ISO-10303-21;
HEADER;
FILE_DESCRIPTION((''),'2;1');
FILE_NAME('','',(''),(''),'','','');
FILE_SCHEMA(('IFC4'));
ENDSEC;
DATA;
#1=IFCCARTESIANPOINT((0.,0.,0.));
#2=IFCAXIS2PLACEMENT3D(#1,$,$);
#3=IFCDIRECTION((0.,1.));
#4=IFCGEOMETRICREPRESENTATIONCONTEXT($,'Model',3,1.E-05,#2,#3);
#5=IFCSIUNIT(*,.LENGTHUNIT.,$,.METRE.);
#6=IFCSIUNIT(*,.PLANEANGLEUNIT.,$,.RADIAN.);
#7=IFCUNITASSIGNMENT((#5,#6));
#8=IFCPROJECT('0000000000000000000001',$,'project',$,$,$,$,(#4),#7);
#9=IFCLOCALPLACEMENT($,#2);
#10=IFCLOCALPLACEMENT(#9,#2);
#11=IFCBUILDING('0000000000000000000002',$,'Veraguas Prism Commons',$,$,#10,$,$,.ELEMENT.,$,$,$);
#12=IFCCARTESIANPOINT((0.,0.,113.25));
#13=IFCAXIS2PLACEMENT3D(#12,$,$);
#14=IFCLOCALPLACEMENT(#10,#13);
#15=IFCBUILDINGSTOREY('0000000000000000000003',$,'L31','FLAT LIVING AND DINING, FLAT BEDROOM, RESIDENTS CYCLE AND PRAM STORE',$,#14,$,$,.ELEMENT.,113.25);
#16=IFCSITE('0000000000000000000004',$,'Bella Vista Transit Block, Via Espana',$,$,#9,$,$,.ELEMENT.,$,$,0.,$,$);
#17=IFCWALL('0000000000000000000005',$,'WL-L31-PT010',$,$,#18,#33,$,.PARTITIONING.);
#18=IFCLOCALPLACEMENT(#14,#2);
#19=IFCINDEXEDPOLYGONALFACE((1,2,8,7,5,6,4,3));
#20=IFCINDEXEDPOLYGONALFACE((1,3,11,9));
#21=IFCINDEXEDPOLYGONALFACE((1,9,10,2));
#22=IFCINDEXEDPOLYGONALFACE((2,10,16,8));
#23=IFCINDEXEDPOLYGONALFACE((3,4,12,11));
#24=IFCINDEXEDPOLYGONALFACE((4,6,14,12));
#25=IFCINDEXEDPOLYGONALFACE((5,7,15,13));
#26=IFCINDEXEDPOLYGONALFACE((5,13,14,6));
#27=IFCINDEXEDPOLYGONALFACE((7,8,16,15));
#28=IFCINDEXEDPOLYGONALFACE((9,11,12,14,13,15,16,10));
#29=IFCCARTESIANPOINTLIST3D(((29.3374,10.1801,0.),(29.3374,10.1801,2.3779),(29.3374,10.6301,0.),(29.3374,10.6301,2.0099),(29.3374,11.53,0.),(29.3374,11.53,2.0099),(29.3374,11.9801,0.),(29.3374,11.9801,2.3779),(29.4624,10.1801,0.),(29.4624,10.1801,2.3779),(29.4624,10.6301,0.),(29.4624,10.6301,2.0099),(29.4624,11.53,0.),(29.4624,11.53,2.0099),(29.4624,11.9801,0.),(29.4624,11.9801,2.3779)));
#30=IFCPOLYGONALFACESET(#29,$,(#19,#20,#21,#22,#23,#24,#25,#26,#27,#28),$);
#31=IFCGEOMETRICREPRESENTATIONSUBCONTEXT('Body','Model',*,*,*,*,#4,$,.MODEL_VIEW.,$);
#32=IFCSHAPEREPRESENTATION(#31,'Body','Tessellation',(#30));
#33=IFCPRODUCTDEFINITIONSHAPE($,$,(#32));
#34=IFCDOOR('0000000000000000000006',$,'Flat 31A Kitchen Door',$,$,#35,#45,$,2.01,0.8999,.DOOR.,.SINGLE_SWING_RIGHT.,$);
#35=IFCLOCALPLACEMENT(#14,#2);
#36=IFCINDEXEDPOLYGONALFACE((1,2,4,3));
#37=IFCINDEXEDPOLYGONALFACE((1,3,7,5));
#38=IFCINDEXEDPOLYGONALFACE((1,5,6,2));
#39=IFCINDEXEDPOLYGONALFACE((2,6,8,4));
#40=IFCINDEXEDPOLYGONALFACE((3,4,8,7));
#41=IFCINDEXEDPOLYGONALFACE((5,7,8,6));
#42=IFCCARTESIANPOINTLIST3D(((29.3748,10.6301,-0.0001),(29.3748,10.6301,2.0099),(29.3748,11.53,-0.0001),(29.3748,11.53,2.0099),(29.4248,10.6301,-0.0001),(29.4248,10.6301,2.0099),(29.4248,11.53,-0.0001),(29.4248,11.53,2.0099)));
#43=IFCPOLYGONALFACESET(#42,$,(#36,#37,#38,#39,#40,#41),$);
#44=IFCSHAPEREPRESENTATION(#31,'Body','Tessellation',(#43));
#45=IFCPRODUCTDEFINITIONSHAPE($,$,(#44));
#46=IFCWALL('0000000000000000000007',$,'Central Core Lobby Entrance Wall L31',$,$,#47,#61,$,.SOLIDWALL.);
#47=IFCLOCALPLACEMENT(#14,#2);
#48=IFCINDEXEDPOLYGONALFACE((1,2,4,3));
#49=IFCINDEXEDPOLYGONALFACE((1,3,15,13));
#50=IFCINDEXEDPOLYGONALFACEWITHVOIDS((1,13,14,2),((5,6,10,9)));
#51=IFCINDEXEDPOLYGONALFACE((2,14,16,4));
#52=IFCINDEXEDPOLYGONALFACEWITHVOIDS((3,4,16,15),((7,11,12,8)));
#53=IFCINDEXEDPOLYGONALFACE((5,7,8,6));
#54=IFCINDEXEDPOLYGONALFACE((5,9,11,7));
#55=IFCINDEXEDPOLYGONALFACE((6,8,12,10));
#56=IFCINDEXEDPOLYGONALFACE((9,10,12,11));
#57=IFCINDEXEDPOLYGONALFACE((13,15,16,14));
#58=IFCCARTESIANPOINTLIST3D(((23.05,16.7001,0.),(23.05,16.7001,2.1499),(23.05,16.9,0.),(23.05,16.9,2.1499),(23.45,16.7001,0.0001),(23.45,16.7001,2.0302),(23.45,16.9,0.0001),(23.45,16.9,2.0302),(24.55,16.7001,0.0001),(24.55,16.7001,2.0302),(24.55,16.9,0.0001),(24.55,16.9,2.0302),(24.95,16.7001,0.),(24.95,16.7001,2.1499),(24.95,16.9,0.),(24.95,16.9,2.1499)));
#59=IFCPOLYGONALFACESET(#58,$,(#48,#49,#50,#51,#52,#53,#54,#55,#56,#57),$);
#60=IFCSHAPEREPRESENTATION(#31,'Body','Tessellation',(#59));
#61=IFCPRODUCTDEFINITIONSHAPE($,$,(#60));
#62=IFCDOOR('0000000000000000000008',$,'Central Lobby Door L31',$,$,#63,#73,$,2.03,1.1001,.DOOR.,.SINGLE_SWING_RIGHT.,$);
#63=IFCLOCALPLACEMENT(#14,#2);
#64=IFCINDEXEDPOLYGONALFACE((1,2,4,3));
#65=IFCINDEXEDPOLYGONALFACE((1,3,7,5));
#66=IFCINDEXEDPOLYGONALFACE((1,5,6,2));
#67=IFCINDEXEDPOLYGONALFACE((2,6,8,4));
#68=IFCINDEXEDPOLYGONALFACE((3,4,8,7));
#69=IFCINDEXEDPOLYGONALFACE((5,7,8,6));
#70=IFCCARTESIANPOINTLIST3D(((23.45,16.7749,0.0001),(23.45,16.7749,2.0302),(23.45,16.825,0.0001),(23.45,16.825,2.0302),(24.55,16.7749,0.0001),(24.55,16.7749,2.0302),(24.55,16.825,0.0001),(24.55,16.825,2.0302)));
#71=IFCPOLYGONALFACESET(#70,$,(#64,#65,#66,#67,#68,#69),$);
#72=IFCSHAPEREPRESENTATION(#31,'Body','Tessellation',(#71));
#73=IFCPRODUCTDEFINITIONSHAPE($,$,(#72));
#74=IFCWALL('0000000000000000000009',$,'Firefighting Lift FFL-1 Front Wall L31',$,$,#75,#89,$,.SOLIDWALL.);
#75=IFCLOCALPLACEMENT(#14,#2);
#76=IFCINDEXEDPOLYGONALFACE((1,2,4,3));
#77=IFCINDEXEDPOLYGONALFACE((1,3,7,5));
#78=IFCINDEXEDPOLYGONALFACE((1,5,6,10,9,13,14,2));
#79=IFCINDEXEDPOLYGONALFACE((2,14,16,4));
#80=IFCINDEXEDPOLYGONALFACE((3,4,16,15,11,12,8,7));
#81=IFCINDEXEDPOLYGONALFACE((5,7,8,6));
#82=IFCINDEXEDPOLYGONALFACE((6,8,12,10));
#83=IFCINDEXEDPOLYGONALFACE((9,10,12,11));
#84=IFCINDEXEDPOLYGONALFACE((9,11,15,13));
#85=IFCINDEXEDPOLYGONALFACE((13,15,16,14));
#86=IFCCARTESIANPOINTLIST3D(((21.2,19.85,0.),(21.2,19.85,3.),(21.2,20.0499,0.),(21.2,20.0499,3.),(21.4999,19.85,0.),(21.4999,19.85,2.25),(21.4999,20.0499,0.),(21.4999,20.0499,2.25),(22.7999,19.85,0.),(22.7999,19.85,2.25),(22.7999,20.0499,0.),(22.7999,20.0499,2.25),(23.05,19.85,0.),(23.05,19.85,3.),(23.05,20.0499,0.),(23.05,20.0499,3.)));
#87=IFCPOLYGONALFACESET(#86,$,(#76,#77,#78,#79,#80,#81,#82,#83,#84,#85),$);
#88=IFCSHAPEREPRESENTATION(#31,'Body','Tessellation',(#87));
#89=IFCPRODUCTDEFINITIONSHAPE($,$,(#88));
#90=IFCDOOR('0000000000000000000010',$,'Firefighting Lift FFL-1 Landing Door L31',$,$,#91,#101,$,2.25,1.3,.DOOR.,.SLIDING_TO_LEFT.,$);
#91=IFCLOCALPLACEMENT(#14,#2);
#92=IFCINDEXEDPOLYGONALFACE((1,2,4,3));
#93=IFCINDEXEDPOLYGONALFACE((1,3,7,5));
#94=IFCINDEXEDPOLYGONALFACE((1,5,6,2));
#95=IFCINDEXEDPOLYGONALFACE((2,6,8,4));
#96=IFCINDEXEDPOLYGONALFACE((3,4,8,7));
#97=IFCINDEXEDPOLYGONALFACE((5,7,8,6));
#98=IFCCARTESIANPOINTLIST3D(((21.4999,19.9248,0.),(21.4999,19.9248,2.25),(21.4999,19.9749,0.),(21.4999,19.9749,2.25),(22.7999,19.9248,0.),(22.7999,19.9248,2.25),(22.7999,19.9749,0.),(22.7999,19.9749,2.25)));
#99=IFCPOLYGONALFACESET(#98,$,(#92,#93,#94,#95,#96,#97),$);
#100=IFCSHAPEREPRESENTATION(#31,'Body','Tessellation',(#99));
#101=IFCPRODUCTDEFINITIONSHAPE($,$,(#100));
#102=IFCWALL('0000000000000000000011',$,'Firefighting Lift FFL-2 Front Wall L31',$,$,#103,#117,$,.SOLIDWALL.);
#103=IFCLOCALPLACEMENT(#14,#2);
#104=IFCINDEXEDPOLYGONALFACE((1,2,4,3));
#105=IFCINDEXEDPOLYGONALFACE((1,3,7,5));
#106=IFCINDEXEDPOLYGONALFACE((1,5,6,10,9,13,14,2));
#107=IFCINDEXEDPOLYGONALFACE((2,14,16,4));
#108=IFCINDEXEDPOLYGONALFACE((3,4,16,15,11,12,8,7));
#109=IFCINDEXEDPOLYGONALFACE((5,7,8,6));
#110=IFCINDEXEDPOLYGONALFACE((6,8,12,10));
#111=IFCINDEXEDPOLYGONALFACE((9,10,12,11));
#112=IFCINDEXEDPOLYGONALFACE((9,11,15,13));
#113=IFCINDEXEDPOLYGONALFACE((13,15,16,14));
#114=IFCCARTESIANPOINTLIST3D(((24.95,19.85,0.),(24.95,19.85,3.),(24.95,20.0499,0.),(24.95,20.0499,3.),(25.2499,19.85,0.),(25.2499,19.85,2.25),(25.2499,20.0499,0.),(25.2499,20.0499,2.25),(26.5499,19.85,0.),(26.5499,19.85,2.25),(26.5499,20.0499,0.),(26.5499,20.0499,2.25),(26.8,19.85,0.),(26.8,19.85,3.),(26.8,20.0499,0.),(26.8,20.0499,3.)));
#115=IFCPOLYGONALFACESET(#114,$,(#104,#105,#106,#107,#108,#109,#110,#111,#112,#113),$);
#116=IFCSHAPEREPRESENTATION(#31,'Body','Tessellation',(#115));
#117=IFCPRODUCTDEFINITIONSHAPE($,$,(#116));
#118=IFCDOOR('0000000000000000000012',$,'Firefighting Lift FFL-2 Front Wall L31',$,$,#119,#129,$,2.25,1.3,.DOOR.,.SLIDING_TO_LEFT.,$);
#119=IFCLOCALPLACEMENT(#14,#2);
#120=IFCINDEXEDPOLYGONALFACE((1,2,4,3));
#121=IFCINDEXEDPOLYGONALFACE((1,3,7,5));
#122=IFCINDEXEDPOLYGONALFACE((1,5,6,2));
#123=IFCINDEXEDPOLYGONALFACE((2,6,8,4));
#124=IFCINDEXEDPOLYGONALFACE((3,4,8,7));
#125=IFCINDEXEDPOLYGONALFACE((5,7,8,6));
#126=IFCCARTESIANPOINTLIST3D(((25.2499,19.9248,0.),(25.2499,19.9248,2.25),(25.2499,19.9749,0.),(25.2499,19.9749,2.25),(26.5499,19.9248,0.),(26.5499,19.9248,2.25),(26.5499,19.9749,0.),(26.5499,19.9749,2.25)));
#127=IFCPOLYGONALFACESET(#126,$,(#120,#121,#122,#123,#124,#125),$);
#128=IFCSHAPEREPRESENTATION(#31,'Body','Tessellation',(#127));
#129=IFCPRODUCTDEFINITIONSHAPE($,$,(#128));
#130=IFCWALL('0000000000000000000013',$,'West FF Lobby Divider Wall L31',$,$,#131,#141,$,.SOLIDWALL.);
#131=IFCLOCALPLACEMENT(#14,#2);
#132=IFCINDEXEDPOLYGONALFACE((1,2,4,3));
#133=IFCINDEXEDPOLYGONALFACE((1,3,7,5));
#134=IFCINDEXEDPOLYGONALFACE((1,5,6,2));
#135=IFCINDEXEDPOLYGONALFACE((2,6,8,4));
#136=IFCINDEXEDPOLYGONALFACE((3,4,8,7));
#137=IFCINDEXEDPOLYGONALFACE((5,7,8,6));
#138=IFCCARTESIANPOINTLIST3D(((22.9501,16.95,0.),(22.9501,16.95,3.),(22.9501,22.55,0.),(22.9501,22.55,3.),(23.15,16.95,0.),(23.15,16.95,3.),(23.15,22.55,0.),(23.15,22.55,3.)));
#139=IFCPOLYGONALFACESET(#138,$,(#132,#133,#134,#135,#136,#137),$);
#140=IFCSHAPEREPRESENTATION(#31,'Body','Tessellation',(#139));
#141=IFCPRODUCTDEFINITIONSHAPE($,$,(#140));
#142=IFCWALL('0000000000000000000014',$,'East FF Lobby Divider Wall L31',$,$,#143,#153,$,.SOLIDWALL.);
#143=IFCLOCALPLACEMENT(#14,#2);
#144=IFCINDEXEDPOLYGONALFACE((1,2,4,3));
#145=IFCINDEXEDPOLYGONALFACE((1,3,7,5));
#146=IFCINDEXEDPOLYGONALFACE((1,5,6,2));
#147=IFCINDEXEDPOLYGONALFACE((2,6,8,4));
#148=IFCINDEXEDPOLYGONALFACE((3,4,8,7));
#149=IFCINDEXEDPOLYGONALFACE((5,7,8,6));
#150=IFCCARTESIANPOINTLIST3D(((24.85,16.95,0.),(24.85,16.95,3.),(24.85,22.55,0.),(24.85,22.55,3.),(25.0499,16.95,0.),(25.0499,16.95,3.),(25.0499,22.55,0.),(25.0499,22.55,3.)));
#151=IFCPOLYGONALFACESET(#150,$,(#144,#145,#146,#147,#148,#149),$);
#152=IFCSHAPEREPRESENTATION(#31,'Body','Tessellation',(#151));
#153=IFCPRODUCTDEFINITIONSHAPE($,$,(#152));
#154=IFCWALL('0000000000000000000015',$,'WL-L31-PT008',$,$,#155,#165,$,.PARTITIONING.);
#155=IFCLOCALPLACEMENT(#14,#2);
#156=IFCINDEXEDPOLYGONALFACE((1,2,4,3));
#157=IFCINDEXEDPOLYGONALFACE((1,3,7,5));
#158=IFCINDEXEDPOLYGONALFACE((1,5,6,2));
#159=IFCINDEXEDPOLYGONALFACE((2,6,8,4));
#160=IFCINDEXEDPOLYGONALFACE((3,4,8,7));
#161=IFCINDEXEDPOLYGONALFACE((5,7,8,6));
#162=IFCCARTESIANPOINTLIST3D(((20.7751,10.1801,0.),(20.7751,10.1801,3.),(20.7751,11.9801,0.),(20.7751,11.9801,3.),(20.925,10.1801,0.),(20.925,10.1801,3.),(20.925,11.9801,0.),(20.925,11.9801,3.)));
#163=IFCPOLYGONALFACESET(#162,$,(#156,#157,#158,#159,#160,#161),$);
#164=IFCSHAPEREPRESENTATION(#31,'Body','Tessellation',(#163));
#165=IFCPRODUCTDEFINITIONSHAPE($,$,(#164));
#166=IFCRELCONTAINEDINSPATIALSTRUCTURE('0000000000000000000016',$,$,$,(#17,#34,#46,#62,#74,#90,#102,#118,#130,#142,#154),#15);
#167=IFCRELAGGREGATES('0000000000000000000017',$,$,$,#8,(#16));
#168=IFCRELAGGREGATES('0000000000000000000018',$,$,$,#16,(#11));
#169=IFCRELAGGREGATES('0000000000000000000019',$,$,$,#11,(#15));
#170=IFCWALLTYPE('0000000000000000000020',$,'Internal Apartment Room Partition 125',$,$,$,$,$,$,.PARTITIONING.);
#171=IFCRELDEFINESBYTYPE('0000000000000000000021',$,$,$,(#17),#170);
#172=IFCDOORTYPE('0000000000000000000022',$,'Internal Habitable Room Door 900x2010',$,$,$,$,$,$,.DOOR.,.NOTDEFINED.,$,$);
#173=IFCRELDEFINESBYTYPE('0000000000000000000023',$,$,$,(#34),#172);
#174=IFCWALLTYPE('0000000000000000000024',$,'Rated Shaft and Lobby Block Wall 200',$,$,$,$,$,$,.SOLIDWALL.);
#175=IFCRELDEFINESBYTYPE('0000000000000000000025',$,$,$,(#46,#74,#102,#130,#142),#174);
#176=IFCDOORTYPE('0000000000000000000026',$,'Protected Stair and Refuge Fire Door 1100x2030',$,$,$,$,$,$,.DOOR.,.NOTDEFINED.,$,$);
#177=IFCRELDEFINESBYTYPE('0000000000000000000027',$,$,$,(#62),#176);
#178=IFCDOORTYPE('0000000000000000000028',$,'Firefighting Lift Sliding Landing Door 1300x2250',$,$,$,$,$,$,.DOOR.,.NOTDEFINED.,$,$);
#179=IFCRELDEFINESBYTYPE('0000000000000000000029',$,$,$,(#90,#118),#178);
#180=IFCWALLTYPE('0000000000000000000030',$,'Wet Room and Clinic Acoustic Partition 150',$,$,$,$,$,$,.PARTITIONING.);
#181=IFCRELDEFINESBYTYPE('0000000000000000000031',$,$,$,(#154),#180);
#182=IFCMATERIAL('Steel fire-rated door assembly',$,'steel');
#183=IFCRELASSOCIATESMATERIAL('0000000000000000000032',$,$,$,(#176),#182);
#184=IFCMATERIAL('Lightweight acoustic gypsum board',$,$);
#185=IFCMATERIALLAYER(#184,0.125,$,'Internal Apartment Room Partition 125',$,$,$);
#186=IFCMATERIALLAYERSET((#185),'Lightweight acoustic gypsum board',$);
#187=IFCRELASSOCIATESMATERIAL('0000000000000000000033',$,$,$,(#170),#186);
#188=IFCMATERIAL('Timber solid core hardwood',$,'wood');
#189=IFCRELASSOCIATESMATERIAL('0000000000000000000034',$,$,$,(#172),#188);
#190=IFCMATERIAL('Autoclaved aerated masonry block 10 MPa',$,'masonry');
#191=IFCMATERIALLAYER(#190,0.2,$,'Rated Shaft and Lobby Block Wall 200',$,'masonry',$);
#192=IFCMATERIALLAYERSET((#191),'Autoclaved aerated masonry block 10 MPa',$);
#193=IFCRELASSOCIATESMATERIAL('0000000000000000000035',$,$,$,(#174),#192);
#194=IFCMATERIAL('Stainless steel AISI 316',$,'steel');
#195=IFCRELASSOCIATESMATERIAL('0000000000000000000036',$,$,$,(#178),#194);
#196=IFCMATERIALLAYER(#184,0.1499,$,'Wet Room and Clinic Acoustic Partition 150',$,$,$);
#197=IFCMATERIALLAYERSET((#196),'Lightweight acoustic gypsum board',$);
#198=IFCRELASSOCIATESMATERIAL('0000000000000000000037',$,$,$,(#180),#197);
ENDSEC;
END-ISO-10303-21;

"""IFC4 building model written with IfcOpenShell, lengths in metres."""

from ifc_helpers import new_model, si_unit, direction, frame, frame_2d, origin, place, context, subcontext, project, spatial, rectangle, extrude, source, transform, mapped, material, layer, layer_set, type_object, element, fill, save


model = new_model("IFC4")

# Units and contexts
model_context = context("Model", 3, precision=1e-05, world=origin(), true_north=direction((0.0, 1.0)))
body_context = subcontext(model_context, "Body", "Model", "MODEL_VIEW")
ifc_project = project(units=[si_unit("LENGTHUNIT", "METRE"), si_unit("PLANEANGLEUNIT", "RADIAN")], contexts=[model_context])

# Site, building, storey
site_placement = place(None, origin())
site = spatial("IfcSite", under=ifc_project, at=site_placement, Name="Bella Vista Transit Block, Via Espana", CompositionType="ELEMENT", RefElevation=0.0)
building_placement = place(site_placement, origin())
building = spatial("IfcBuilding", under=site, at=building_placement, Name="Veraguas Prism Commons", CompositionType="ELEMENT")
storey_placement = place(building_placement, frame((0.0, 0.0, 113.25)))
storey = spatial("IfcBuildingStorey", under=building, at=storey_placement, Name="L31", Description="FLAT LIVING AND DINING, FLAT BEDROOM, RESIDENTS CYCLE AND PRAM STORE", CompositionType="ELEMENT", Elevation=113.25)

# Shared definitions
ifc_material_1 = material(Name="Steel fire-rated door assembly", Category="steel")
door_type_1 = type_object("IfcDoorType", Name="Protected Stair and Refuge Fire Door 1100x2030", OperationType="NOTDEFINED", PredefinedType="DOOR", material=ifc_material_1)
shared_shape_1 = source(origin(), body_context, "Body", "SweptSolid", [
    extrude(rectangle(XDim=1.1001, YDim=2.03, at=frame_2d((0.55, 1.0151))), frame((0.0, 0.0249, 0.0), z_axis=(0.0, -1.0, 0.0), x_axis=(1.0, 0.0, 0.0)), (0.0, 0.0, 1.0), 0.05),
])

# Walls, openings, doors
ifc_material_2 = material(Name="Lightweight acoustic gypsum board")
ifc_layer_1 = layer(ifc_material_2, 0.125, Name="Internal Apartment Room Partition 125")
ifc_layer_set_1 = layer_set([ifc_layer_1], Name="Lightweight acoustic gypsum board")
wall_type_1 = type_object("IfcWallType", Name="Internal Apartment Room Partition 125", PredefinedType="PARTITIONING", material=ifc_layer_set_1)
wall_1_placement = place(storey_placement, frame((29.3999, 11.98, 0.0), z_axis=(0.0, 0.0, 1.0), x_axis=(0.0, -1.0, 0.0)))
wall_1 = element("IfcWall", 1, at=wall_1_placement, inside=storey, type_object=wall_type_1, Name="WL-L31-PT010", PredefinedType="PARTITIONING", context=body_context, shape_type="SweptSolid", body=[
    extrude(rectangle(XDim=1.8, YDim=0.125, at=frame_2d((0.8999, 0.0))), origin(), (0.0, 0.0, 1.0), 2.3779),
])
opening_1_placement = place(wall_1_placement, frame((0.45, 0.0, 0.0)))
opening_1 = element("IfcOpeningElement", 2, at=opening_1_placement, cuts=wall_1, PredefinedType="OPENING", context=body_context, shape_type="SweptSolid", body=[
    extrude(rectangle(XDim=0.8999, YDim=2.01, at=frame_2d((0.45, 1.0049))), frame((0.0, 0.0725, 0.0), z_axis=(0.0, -1.0, 0.0), x_axis=(1.0, 0.0, 0.0)), (0.0, 0.0, 1.0), 0.145),
])
ifc_material_3 = material(Name="Timber solid core hardwood", Category="wood")
door_type_2 = type_object("IfcDoorType", Name="Internal Habitable Room Door 900x2010", OperationType="NOTDEFINED", PredefinedType="DOOR", material=ifc_material_3)
shared_shape_2 = source(origin(), body_context, "Body", "SweptSolid", [
    extrude(rectangle(XDim=0.8999, YDim=2.01, at=frame_2d((0.45, 1.0049))), frame((0.0, 0.0249, 0.0), z_axis=(0.0, -1.0, 0.0), x_axis=(1.0, 0.0, 0.0)), (0.0, 0.0, 1.0), 0.05),
])
door_1_placement = place(opening_1_placement, origin())
door_1 = element("IfcDoor", 3, at=door_1_placement, inside=storey, type_object=door_type_2, Name="Flat 31A Kitchen Door", OperationType="SINGLE_SWING_RIGHT", OverallHeight=2.01, OverallWidth=0.8999, PredefinedType="DOOR", context=body_context, shape_type="MappedRepresentation", body=[
    mapped(shared_shape_2, transform((0.0, 0.0, 0.0), scale=1.0)),
])
fill(opening_1, door_1)
ifc_material_4 = material(Name="Autoclaved aerated masonry block 10 MPa", Category="masonry")
ifc_layer_2 = layer(ifc_material_4, 0.2, Name="Rated Shaft and Lobby Block Wall 200", Category="masonry")
ifc_layer_set_2 = layer_set([ifc_layer_2], Name="Autoclaved aerated masonry block 10 MPa")
wall_type_2 = type_object("IfcWallType", Name="Rated Shaft and Lobby Block Wall 200", PredefinedType="SOLIDWALL", material=ifc_layer_set_2)
wall_2_placement = place(storey_placement, frame((23.05, 16.8, 0.0), z_axis=(0.0, 0.0, 1.0), x_axis=(1.0, 0.0, 0.0)))
wall_2 = element("IfcWall", 4, at=wall_2_placement, inside=storey, type_object=wall_type_2, Name="Central Core Lobby Entrance Wall L31", PredefinedType="SOLIDWALL", context=body_context, shape_type="SweptSolid", body=[
    extrude(rectangle(XDim=1.8999, YDim=0.2, at=frame_2d((0.95, 0.0))), origin(), (0.0, 0.0, 1.0), 2.1499),
])
opening_2_placement = place(wall_2_placement, frame((0.3999, 0.0, 0.0)))
opening_2 = element("IfcOpeningElement", 5, at=opening_2_placement, cuts=wall_2, PredefinedType="OPENING", context=body_context, shape_type="SweptSolid", body=[
    extrude(rectangle(XDim=1.1001, YDim=2.03, at=frame_2d((0.55, 1.0151))), frame((0.0, 0.1099, 0.0), z_axis=(0.0, -1.0, 0.0), x_axis=(1.0, 0.0, 0.0)), (0.0, 0.0, 1.0), 0.22),
])
door_2_placement = place(opening_2_placement, origin())
door_2 = element("IfcDoor", 6, at=door_2_placement, inside=storey, type_object=door_type_1, Name="Central Lobby Door L31", OperationType="SINGLE_SWING_RIGHT", OverallHeight=2.03, OverallWidth=1.1001, PredefinedType="DOOR", context=body_context, shape_type="MappedRepresentation", body=[
    mapped(shared_shape_1, transform((0.0, 0.0, 0.0), scale=1.0)),
])
fill(opening_2, door_2)
wall_3_placement = place(storey_placement, frame((21.2, 19.95, 0.0), z_axis=(0.0, 0.0, 1.0), x_axis=(1.0, 0.0, 0.0)))
wall_3 = element("IfcWall", 7, at=wall_3_placement, inside=storey, type_object=wall_type_2, Name="Firefighting Lift FFL-1 Front Wall L31", PredefinedType="SOLIDWALL", context=body_context, shape_type="SweptSolid", body=[
    extrude(rectangle(XDim=1.8501, YDim=0.2, at=frame_2d((0.925, 0.0))), origin(), (0.0, 0.0, 1.0), 3.0),
])
opening_3_placement = place(wall_3_placement, frame((0.3, 0.0, 0.0)))
opening_3 = element("IfcOpeningElement", 8, at=opening_3_placement, cuts=wall_3, PredefinedType="OPENING", context=body_context, shape_type="SweptSolid", body=[
    extrude(rectangle(XDim=1.3, YDim=2.25, at=frame_2d((0.6499, 1.125))), frame((0.0, 0.1099, 0.0), z_axis=(0.0, -1.0, 0.0), x_axis=(1.0, 0.0, 0.0)), (0.0, 0.0, 1.0), 0.22),
])
ifc_material_5 = material(Name="Stainless steel AISI 316", Category="steel")
door_type_3 = type_object("IfcDoorType", Name="Firefighting Lift Sliding Landing Door 1300x2250", OperationType="NOTDEFINED", PredefinedType="DOOR", material=ifc_material_5)
shared_shape_3 = source(origin(), body_context, "Body", "SweptSolid", [
    extrude(rectangle(XDim=1.3, YDim=2.25, at=frame_2d((0.6499, 1.125))), frame((0.0, 0.0249, 0.0), z_axis=(0.0, -1.0, 0.0), x_axis=(1.0, 0.0, 0.0)), (0.0, 0.0, 1.0), 0.05),
])
door_3_placement = place(opening_3_placement, origin())
door_3 = element("IfcDoor", 9, at=door_3_placement, inside=storey, type_object=door_type_3, Name="Firefighting Lift FFL-1 Landing Door L31", OperationType="SLIDING_TO_LEFT", OverallHeight=2.25, OverallWidth=1.3, PredefinedType="DOOR", context=body_context, shape_type="MappedRepresentation", body=[
    mapped(shared_shape_3, transform((0.0, 0.0, 0.0), scale=1.0)),
])
fill(opening_3, door_3)
wall_4_placement = place(storey_placement, frame((24.95, 19.95, 0.0), z_axis=(0.0, 0.0, 1.0), x_axis=(1.0, 0.0, 0.0)))
wall_4 = element("IfcWall", 10, at=wall_4_placement, inside=storey, type_object=wall_type_2, Name="Firefighting Lift FFL-2 Front Wall L31", PredefinedType="SOLIDWALL", context=body_context, shape_type="SweptSolid", body=[
    extrude(rectangle(XDim=1.8501, YDim=0.2, at=frame_2d((0.925, 0.0))), origin(), (0.0, 0.0, 1.0), 3.0),
])
opening_4_placement = place(wall_4_placement, frame((0.3, 0.0, 0.0)))
opening_4 = element("IfcOpeningElement", 11, at=opening_4_placement, cuts=wall_4, PredefinedType="OPENING", context=body_context, shape_type="SweptSolid", body=[
    extrude(rectangle(XDim=1.3, YDim=2.25, at=frame_2d((0.6499, 1.125))), frame((0.0, 0.1099, 0.0), z_axis=(0.0, -1.0, 0.0), x_axis=(1.0, 0.0, 0.0)), (0.0, 0.0, 1.0), 0.22),
])
door_4_placement = place(opening_4_placement, origin())
door_4 = element("IfcDoor", 12, at=door_4_placement, inside=storey, type_object=door_type_3, Name="Firefighting Lift FFL-2 Front Wall L31", OperationType="SLIDING_TO_LEFT", OverallHeight=2.25, OverallWidth=1.3, PredefinedType="DOOR", context=body_context, shape_type="MappedRepresentation", body=[
    mapped(shared_shape_3, transform((0.0, 0.0, 0.0), scale=1.0)),
])
fill(opening_4, door_4)

# Walls
for number, where, z_axis, x_axis, name in (
    (13, (23.05, 16.95, 0.0), (0.0, 0.0, 1.0), (0.0, 1.0, 0.0), "West FF Lobby Divider Wall L31"),
    (14, (24.95, 16.95, 0.0), (0.0, 0.0, 1.0), (0.0, 1.0, 0.0), "East FF Lobby Divider Wall L31"),
):
    element("IfcWall", number, at=place(storey_placement, frame(where, z_axis=z_axis, x_axis=x_axis)), inside=storey, type_object=wall_type_2, Name=name, PredefinedType="SOLIDWALL", context=body_context, shape_type="SweptSolid", body=[
        extrude(rectangle(XDim=5.6001, YDim=0.2, at=frame_2d((2.8, 0.0))), origin(), (0.0, 0.0, 1.0), 3.0),
    ])
ifc_layer_3 = layer(ifc_material_2, 0.1499, Name="Wet Room and Clinic Acoustic Partition 150")
ifc_layer_set_3 = layer_set([ifc_layer_3], Name="Lightweight acoustic gypsum board")
wall_type_3 = type_object("IfcWallType", Name="Wet Room and Clinic Acoustic Partition 150", PredefinedType="PARTITIONING", material=ifc_layer_set_3)
wall_5_placement = place(storey_placement, frame((20.8501, 11.98, 0.0), z_axis=(0.0, 0.0, 1.0), x_axis=(0.0, -1.0, 0.0)))
element("IfcWall", 15, at=wall_5_placement, inside=storey, type_object=wall_type_3, Name="WL-L31-PT008", PredefinedType="PARTITIONING", context=body_context, shape_type="SweptSolid", body=[
    extrude(rectangle(XDim=1.8, YDim=0.1499, at=frame_2d((0.8999, 0.0))), origin(), (0.0, 0.0, 1.0), 3.0),
])

save(model, "model.ifc")
